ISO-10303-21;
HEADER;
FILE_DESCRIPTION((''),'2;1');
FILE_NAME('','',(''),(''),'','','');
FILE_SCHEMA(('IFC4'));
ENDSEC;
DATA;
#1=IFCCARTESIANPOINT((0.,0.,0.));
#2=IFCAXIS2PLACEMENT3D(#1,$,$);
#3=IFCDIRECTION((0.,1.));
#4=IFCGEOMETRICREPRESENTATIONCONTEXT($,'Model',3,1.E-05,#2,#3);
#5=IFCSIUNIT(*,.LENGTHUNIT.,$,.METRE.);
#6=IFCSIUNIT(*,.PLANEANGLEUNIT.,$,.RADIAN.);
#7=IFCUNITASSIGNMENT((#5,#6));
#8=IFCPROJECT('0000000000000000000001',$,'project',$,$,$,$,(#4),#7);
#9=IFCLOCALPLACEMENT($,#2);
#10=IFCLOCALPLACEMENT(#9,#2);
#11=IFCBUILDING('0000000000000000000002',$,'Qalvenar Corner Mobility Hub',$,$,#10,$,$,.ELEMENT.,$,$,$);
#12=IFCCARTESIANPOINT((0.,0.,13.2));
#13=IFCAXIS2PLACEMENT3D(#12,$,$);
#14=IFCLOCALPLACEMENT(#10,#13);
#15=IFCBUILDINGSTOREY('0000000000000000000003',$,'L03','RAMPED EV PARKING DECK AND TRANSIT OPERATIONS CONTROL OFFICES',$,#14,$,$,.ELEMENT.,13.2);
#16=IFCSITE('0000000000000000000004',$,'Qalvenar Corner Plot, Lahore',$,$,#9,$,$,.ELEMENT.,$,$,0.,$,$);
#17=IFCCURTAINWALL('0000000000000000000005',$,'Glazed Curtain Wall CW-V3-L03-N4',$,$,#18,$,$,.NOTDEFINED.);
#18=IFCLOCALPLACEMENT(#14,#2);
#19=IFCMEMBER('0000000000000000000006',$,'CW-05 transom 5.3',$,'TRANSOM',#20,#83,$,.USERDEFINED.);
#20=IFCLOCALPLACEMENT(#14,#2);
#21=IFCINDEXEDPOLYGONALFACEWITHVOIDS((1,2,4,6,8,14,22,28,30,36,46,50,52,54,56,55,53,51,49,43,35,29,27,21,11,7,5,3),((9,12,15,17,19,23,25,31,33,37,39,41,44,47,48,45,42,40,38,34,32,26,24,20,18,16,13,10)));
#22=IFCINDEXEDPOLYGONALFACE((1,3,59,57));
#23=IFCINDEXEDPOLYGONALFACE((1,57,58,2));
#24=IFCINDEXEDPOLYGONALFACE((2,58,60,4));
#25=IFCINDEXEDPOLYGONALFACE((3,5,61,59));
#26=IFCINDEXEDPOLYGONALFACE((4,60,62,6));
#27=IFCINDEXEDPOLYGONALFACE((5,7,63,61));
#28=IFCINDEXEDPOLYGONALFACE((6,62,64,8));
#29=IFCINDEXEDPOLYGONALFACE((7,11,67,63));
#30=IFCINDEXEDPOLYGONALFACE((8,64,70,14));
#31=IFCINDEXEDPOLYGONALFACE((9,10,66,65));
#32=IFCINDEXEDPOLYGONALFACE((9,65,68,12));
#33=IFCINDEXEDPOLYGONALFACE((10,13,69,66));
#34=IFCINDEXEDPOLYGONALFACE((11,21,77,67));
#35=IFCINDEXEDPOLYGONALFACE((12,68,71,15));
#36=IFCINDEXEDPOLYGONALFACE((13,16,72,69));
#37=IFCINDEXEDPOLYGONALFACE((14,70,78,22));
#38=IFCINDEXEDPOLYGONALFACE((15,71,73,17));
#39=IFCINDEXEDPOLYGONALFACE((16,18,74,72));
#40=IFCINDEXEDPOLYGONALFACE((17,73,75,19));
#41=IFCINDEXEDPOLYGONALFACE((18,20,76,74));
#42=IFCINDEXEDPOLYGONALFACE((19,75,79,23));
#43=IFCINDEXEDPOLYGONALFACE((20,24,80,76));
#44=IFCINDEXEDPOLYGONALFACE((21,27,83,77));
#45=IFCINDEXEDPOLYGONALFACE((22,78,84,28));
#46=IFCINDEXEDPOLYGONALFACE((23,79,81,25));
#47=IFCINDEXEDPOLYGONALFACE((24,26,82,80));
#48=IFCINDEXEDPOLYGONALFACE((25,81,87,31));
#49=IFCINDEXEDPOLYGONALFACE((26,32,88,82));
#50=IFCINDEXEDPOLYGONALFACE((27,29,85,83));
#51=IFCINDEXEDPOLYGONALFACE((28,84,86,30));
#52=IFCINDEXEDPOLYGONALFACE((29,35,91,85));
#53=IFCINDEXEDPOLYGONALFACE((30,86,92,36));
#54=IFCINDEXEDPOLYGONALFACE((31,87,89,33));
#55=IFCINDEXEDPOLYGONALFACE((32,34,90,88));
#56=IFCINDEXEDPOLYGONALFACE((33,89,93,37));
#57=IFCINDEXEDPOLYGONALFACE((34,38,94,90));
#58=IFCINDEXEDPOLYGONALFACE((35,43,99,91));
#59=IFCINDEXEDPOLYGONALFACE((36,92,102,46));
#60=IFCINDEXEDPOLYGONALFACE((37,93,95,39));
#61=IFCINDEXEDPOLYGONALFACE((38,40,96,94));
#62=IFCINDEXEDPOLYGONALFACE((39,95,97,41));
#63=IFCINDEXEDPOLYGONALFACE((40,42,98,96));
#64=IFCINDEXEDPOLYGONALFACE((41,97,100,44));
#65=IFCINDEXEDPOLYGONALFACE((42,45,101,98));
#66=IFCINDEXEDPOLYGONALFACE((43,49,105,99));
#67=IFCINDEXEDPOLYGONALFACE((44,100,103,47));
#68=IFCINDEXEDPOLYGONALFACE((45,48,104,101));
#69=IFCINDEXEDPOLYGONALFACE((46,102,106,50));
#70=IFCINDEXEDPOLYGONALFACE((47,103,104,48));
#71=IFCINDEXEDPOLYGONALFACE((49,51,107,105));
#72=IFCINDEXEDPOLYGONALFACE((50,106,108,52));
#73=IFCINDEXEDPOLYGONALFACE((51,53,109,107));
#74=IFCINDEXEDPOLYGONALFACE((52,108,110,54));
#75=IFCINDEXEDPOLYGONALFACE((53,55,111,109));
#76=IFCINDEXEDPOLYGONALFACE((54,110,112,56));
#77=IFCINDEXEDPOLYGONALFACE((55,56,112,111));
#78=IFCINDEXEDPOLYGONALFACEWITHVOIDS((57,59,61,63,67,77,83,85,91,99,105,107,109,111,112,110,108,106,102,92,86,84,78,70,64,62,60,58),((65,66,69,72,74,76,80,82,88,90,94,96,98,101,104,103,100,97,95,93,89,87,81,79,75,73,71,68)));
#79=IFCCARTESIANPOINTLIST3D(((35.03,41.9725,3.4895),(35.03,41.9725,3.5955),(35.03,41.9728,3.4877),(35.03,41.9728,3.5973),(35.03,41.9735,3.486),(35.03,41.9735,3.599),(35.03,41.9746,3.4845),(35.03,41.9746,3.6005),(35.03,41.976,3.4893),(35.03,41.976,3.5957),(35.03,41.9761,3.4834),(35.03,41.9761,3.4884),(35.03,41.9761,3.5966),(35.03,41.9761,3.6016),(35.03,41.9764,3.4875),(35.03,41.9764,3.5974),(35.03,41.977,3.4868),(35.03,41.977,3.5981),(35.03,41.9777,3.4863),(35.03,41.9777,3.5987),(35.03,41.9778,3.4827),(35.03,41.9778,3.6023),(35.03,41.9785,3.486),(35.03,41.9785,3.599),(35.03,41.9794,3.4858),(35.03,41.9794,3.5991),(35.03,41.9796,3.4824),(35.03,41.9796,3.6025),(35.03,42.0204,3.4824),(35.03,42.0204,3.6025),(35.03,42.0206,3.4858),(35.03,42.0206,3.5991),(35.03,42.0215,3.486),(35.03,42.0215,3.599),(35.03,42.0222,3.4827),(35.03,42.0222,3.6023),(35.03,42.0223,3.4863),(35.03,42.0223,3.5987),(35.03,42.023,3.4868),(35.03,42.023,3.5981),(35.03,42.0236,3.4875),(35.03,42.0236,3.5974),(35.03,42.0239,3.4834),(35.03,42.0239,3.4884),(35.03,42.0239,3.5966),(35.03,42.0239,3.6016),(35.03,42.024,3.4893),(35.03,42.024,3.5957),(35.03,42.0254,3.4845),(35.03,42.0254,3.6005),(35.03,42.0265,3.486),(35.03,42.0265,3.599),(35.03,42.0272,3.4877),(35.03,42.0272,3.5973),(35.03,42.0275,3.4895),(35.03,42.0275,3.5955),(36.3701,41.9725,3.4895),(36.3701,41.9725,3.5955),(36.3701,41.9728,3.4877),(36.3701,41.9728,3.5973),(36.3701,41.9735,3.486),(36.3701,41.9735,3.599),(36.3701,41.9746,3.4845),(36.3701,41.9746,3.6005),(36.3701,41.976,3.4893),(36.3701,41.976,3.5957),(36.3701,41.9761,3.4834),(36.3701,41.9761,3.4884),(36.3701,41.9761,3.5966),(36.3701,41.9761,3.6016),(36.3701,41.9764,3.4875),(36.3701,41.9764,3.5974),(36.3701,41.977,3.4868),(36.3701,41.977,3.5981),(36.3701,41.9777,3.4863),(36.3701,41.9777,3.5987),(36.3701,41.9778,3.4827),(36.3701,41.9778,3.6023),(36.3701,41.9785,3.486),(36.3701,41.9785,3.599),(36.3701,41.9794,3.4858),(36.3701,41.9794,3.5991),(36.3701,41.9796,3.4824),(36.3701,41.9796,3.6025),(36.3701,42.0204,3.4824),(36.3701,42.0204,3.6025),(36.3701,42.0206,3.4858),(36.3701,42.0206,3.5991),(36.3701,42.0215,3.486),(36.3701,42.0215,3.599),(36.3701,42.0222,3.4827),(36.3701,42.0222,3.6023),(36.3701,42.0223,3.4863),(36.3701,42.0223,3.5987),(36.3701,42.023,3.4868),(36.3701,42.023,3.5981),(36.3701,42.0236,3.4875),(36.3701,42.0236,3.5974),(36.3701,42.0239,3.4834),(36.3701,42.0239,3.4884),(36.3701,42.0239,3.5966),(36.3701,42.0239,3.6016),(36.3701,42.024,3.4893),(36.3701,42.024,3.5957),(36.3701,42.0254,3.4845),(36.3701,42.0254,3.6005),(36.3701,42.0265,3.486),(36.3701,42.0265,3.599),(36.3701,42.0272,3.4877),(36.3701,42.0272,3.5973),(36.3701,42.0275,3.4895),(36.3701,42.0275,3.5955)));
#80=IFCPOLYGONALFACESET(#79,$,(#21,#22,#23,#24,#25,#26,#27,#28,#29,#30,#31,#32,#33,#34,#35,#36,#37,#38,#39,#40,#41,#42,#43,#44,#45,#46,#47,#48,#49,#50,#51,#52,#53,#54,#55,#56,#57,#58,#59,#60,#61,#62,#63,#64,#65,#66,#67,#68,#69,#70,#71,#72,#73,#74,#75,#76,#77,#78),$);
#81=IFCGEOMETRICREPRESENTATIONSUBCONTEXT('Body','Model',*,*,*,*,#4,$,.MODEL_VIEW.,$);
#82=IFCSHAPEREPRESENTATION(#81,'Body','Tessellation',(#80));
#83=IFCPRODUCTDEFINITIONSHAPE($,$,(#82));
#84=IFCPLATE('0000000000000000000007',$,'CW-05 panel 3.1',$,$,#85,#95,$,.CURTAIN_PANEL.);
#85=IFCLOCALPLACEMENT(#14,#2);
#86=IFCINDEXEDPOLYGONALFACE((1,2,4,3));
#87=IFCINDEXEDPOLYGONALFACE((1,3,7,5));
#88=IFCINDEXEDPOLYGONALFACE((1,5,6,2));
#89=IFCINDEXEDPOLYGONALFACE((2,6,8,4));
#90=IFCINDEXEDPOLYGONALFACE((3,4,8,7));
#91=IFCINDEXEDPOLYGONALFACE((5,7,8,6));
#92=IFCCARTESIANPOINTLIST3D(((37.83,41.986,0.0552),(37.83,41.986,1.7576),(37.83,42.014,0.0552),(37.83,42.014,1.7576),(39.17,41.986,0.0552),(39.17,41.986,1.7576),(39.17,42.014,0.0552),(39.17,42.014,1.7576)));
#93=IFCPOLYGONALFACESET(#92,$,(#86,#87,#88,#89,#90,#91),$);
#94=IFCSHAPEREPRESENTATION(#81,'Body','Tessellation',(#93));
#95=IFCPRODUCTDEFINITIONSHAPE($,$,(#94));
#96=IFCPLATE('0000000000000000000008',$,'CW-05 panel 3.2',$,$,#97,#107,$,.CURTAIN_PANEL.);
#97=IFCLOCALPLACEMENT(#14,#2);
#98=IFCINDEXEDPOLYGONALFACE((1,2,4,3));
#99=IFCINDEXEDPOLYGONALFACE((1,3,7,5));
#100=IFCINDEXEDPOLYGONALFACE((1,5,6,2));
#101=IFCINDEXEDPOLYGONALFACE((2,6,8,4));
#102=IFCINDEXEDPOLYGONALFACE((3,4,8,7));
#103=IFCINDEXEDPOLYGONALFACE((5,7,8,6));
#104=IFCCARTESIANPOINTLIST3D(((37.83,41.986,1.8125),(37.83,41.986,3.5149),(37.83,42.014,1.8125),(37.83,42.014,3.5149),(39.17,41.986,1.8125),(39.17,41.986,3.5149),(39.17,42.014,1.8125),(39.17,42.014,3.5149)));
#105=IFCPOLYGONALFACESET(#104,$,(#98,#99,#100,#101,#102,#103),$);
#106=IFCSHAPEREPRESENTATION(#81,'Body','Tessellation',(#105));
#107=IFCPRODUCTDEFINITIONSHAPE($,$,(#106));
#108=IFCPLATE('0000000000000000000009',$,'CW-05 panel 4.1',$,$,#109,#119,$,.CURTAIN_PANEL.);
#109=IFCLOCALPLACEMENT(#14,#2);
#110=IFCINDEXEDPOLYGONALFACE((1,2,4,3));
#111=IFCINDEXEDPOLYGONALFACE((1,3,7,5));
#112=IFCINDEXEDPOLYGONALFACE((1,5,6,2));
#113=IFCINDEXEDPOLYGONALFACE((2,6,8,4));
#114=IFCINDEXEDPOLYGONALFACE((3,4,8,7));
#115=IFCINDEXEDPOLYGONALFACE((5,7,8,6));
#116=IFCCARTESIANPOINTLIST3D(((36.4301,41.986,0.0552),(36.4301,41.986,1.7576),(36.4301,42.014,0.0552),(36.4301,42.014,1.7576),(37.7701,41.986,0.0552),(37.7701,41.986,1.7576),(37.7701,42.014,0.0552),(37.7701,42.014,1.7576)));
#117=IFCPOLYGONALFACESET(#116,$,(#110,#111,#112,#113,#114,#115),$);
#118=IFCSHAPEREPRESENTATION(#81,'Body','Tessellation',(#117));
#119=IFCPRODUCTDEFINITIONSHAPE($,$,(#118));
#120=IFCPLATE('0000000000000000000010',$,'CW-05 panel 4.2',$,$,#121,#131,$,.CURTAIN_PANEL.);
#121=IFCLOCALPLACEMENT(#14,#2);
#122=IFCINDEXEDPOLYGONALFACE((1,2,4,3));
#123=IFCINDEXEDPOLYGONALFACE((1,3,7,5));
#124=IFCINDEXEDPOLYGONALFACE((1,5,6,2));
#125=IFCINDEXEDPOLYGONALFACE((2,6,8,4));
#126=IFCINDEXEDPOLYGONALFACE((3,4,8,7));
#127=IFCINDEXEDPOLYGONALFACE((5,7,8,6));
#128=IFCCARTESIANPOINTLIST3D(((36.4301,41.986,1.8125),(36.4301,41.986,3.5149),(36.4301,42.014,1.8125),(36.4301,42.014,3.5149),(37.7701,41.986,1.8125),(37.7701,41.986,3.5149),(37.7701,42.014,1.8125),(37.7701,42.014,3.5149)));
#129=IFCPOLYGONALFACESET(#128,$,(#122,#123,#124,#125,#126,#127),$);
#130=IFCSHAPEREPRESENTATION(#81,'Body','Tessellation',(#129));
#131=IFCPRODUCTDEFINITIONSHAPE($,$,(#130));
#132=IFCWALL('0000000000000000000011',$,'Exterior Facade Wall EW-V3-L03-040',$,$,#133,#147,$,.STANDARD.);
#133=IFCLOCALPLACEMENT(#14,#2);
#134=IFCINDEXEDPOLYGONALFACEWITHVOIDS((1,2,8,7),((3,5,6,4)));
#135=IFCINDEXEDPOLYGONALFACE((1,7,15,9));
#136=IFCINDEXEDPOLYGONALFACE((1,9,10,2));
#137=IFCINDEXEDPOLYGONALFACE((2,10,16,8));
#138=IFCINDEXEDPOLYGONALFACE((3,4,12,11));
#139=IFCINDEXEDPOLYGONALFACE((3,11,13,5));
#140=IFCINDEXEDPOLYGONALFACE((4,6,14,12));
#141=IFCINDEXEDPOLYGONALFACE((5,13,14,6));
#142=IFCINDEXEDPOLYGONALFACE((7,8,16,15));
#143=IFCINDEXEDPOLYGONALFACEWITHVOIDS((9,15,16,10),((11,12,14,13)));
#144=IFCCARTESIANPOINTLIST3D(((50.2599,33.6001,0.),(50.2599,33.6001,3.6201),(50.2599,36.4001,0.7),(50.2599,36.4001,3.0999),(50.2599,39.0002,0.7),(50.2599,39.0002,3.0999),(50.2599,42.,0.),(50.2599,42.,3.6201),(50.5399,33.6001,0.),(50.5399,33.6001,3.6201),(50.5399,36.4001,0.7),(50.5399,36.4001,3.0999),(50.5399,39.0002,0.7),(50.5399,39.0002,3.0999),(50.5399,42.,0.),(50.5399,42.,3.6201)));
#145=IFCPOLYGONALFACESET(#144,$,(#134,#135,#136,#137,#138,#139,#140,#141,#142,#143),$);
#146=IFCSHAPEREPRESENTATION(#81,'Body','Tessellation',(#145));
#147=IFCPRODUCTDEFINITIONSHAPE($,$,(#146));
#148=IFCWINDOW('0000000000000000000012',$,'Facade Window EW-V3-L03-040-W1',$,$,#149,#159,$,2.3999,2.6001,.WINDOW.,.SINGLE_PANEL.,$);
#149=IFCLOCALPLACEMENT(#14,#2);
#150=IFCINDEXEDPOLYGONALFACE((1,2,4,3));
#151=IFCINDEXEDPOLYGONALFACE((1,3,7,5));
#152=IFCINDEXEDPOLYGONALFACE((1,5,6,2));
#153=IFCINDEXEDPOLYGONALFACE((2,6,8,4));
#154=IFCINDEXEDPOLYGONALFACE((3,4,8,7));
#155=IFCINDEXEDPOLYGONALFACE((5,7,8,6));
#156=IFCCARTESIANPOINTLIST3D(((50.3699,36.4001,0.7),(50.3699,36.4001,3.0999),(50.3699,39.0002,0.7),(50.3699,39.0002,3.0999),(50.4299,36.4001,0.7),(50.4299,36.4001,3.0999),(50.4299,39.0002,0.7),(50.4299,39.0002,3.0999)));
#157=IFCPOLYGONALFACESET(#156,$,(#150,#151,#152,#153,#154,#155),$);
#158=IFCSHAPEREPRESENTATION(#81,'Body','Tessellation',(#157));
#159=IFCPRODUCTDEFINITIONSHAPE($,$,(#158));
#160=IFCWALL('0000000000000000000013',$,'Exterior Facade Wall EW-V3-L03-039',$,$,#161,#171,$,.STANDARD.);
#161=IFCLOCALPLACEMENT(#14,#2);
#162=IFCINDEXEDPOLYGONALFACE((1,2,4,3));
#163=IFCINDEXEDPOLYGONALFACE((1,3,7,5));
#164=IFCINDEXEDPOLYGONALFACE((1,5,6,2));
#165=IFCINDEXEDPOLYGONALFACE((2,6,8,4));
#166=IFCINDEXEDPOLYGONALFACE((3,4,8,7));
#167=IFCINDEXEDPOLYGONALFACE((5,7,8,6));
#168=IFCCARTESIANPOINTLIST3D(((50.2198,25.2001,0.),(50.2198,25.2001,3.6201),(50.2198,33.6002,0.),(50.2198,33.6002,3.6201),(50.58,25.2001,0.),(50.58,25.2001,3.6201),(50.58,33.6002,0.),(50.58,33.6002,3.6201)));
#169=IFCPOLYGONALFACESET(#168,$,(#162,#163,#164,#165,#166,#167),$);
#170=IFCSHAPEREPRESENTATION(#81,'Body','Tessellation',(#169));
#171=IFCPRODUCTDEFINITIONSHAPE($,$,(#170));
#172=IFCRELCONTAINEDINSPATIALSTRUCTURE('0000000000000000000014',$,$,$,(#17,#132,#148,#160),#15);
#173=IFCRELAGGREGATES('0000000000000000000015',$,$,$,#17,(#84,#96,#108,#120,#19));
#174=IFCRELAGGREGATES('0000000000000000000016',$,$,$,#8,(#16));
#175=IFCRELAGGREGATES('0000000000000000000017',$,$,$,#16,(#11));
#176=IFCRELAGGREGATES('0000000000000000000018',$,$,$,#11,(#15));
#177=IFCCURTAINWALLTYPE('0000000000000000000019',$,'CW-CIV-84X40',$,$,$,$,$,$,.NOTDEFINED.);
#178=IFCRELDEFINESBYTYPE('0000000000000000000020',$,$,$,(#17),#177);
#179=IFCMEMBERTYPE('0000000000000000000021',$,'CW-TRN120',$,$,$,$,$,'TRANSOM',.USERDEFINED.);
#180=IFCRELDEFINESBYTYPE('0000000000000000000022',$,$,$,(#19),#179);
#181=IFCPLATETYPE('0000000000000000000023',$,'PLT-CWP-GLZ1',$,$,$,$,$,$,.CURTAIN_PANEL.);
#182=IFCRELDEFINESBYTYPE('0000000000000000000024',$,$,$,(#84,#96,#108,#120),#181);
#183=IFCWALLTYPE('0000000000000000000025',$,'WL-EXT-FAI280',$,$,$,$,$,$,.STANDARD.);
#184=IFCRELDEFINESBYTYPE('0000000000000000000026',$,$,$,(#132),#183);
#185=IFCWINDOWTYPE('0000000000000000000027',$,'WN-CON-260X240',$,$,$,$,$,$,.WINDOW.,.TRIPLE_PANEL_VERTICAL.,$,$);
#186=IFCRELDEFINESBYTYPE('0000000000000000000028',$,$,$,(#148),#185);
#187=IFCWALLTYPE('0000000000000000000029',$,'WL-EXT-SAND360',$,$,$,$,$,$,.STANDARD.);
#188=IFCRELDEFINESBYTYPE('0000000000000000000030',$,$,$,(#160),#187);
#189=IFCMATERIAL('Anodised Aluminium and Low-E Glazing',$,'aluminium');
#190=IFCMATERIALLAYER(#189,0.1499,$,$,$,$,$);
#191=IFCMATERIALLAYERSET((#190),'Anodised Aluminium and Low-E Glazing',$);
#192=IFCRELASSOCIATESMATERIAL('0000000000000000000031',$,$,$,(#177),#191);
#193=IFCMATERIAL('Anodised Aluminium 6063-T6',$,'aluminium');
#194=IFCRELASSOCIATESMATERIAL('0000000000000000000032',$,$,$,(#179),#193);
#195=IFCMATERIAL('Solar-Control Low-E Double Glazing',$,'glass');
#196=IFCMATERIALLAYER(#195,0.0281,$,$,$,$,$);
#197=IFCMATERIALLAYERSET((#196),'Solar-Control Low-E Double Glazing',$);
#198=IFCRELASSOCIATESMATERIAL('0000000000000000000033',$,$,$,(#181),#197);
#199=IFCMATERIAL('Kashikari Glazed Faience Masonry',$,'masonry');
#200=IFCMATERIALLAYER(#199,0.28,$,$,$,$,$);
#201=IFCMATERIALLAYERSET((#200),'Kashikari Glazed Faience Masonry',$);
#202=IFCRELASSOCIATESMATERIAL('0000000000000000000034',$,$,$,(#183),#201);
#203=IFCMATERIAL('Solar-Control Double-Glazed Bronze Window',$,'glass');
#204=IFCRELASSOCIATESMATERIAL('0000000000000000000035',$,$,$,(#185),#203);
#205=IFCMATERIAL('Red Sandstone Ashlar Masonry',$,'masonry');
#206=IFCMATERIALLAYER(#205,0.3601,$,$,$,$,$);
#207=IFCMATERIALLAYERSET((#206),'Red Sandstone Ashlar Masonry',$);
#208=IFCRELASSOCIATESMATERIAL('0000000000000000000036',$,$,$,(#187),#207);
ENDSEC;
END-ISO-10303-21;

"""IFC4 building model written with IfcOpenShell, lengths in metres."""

from ifc_helpers import new_model, si_unit, direction, frame, frame_2d, origin, origin_2d, place, context, subcontext, project, spatial, rectangle, hollow_rectangle, extrude, material, layer, layer_set, material_profile, profile_set, type_object, element, fill, aggregate, save


model = new_model("IFC4")

# Units and contexts
model_context = context("Model", 3, precision=1e-05, world=origin(), true_north=direction((0.0, 1.0)))
body_context = subcontext(model_context, "Body", "Model", "MODEL_VIEW")
ifc_project = project(units=[si_unit("LENGTHUNIT", "METRE"), si_unit("PLANEANGLEUNIT", "RADIAN")], contexts=[model_context])

# Site, building, storey
site_placement = place(None, origin())
site = spatial("IfcSite", under=ifc_project, at=site_placement, Name="Qalvenar Corner Plot, Lahore", CompositionType="ELEMENT", RefElevation=0.0)
building_placement = place(site_placement, origin())
building = spatial("IfcBuilding", under=site, at=building_placement, Name="Qalvenar Corner Mobility Hub", CompositionType="ELEMENT")
storey_placement = place(building_placement, frame((0.0, 0.0, 13.2)))
storey = spatial("IfcBuildingStorey", under=building, at=storey_placement, Name="L03", Description="RAMPED EV PARKING DECK AND TRANSIT OPERATIONS CONTROL OFFICES", CompositionType="ELEMENT", Elevation=13.2)

# Curtain wall, member, plates
ifc_material_1 = material(Name="Anodised Aluminium and Low-E Glazing", Category="aluminium")
ifc_layer_1 = layer(ifc_material_1, 0.1499)
ifc_layer_set_1 = layer_set([ifc_layer_1], Name="Anodised Aluminium and Low-E Glazing")
curtain_wall_type = type_object("IfcCurtainWallType", Name="CW-CIV-84X40", PredefinedType="NOTDEFINED", material=ifc_layer_set_1)
curtain_wall_placement = place(storey_placement, origin())
curtain_wall = element("IfcCurtainWall", 1, at=curtain_wall_placement, inside=storey, type_object=curtain_wall_type, Name="Glazed Curtain Wall CW-V3-L03-N4", PredefinedType="NOTDEFINED")
ifc_material_2 = material(Name="Anodised Aluminium 6063-T6", Category="aluminium")
ifc_material_profile_1 = material_profile(ifc_material_2, hollow_rectangle(XDim=0.0549, YDim=0.1201, WallThickness=0.0034, InnerFilletRadius=0.0034, OuterFilletRadius=0.0071, at=origin_2d()), Name="RHS120x55x3.5")
ifc_profile_set_1 = profile_set([ifc_material_profile_1], Name="Anodised Aluminium 6063-T6")
member_type_1 = type_object("IfcMemberType", Name="CW-TRN120", ElementType="TRANSOM", PredefinedType="USERDEFINED", material=ifc_profile_set_1)
member_1_placement = place(storey_placement, frame((36.3701, 42.0, 3.5425), z_axis=(-1.0, 0.0, 0.0), x_axis=(0.0, -1.0, 0.0)))
member_1 = element("IfcMember", 2, at=member_1_placement, type_object=member_type_1, Name="CW-05 transom 5.3", ObjectType="TRANSOM", PredefinedType="USERDEFINED", context=body_context, shape_type="SweptSolid", body=[
    extrude(hollow_rectangle(XDim=0.0549, YDim=0.1201, WallThickness=0.0034, InnerFilletRadius=0.0034, OuterFilletRadius=0.0071, at=origin_2d()), origin(), (0.0, 0.0, 1.0), 1.3401),
])
ifc_material_3 = material(Name="Solar-Control Low-E Double Glazing", Category="glass")
ifc_layer_2 = layer(ifc_material_3, 0.0281)
ifc_layer_set_2 = layer_set([ifc_layer_2], Name="Solar-Control Low-E Double Glazing")
plate_type = type_object("IfcPlateType", Name="PLT-CWP-GLZ1", PredefinedType="CURTAIN_PANEL", material=ifc_layer_set_2)
plate_1_placement = place(storey_placement, frame((38.5, 42.0, 0.0552), z_axis=(0.0, 0.0, 1.0), x_axis=(-1.0, 0.0, 0.0)))
plate_1 = element("IfcPlate", 3, at=plate_1_placement, type_object=plate_type, Name="CW-05 panel 3.1", PredefinedType="CURTAIN_PANEL", context=body_context, shape_type="SweptSolid", body=[
    extrude(rectangle(XDim=1.3401, YDim=0.0281, at=origin_2d()), origin(), (0.0, 0.0, 1.0), 1.7024),
])
plate_2_placement = place(storey_placement, frame((38.5, 42.0, 1.8125), z_axis=(0.0, 0.0, 1.0), x_axis=(-1.0, 0.0, 0.0)))
plate_2 = element("IfcPlate", 4, at=plate_2_placement, type_object=plate_type, Name="CW-05 panel 3.2", PredefinedType="CURTAIN_PANEL", context=body_context, shape_type="SweptSolid", body=[
    extrude(rectangle(XDim=1.3401, YDim=0.0281, at=origin_2d()), origin(), (0.0, 0.0, 1.0), 1.7024),
])
plate_3_placement = place(storey_placement, frame((37.1001, 42.0, 0.0552), z_axis=(0.0, 0.0, 1.0), x_axis=(-1.0, 0.0, 0.0)))
plate_3 = element("IfcPlate", 5, at=plate_3_placement, type_object=plate_type, Name="CW-05 panel 4.1", PredefinedType="CURTAIN_PANEL", context=body_context, shape_type="SweptSolid", body=[
    extrude(rectangle(XDim=1.3401, YDim=0.0281, at=origin_2d()), origin(), (0.0, 0.0, 1.0), 1.7024),
])
plate_4_placement = place(storey_placement, frame((37.1001, 42.0, 1.8125), z_axis=(0.0, 0.0, 1.0), x_axis=(-1.0, 0.0, 0.0)))
plate_4 = element("IfcPlate", 6, at=plate_4_placement, type_object=plate_type, Name="CW-05 panel 4.2", PredefinedType="CURTAIN_PANEL", context=body_context, shape_type="SweptSolid", body=[
    extrude(rectangle(XDim=1.3401, YDim=0.0281, at=origin_2d()), origin(), (0.0, 0.0, 1.0), 1.7024),
])
aggregate(curtain_wall, [plate_1, plate_2, plate_3, plate_4, member_1])

# Wall, opening, window
ifc_material_4 = material(Name="Kashikari Glazed Faience Masonry", Category="masonry")
ifc_layer_3 = layer(ifc_material_4, 0.28)
ifc_layer_set_3 = layer_set([ifc_layer_3], Name="Kashikari Glazed Faience Masonry")
wall_type_1 = type_object("IfcWallType", Name="WL-EXT-FAI280", PredefinedType="STANDARD", material=ifc_layer_set_3)
wall_1_placement = place(storey_placement, frame((50.3999, 33.6001, 0.0), z_axis=(0.0, 0.0, 1.0), x_axis=(0.0, 1.0, 0.0)))
wall_1 = element("IfcWall", 7, at=wall_1_placement, inside=storey, type_object=wall_type_1, Name="Exterior Facade Wall EW-V3-L03-040", PredefinedType="STANDARD", context=body_context, shape_type="SweptSolid", body=[
    extrude(rectangle(XDim=8.3999, YDim=0.28, at=frame_2d((4.2, 0.0))), origin(), (0.0, 0.0, 1.0), 3.6201),
])
opening_placement = place(wall_1_placement, frame((2.8, 0.0, 0.7)))
opening = element("IfcOpeningElement", 8, at=opening_placement, cuts=wall_1, PredefinedType="OPENING", context=body_context, shape_type="SweptSolid", body=[
    extrude(rectangle(XDim=2.6001, YDim=2.3999, at=frame_2d((1.3, 1.2))), frame((0.0, 0.1499, 0.0), z_axis=(0.0, -1.0, 0.0), x_axis=(1.0, 0.0, 0.0)), (0.0, 0.0, 1.0), 0.3),
])
ifc_material_5 = material(Name="Solar-Control Double-Glazed Bronze Window", Category="glass")
window_type = type_object("IfcWindowType", Name="WN-CON-260X240", PartitioningType="TRIPLE_PANEL_VERTICAL", PredefinedType="WINDOW", material=ifc_material_5)
window_placement = place(opening_placement, origin())
window = element("IfcWindow", 9, at=window_placement, inside=storey, type_object=window_type, Name="Facade Window EW-V3-L03-040-W1", OverallHeight=2.3999, OverallWidth=2.6001, PartitioningType="SINGLE_PANEL", PredefinedType="WINDOW", context=body_context, shape_type="SweptSolid", body=[
    extrude(rectangle(XDim=2.6001, YDim=2.3999, at=frame_2d((1.3, 1.2))), frame((0.0, 0.03, 0.0), z_axis=(0.0, -1.0, 0.0), x_axis=(1.0, 0.0, 0.0)), (0.0, 0.0, 1.0), 0.0601),
])
fill(opening, window)

# Wall
ifc_material_6 = material(Name="Red Sandstone Ashlar Masonry", Category="masonry")
ifc_layer_4 = layer(ifc_material_6, 0.3601)
ifc_layer_set_4 = layer_set([ifc_layer_4], Name="Red Sandstone Ashlar Masonry")
wall_type_2 = type_object("IfcWallType", Name="WL-EXT-SAND360", PredefinedType="STANDARD", material=ifc_layer_set_4)
wall_2_placement = place(storey_placement, frame((50.3999, 25.2, 0.0), z_axis=(0.0, 0.0, 1.0), x_axis=(0.0, 1.0, 0.0)))
element("IfcWall", 10, at=wall_2_placement, inside=storey, type_object=wall_type_2, Name="Exterior Facade Wall EW-V3-L03-039", PredefinedType="STANDARD", context=body_context, shape_type="SweptSolid", body=[
    extrude(rectangle(XDim=8.4001, YDim=0.3601, at=frame_2d((4.2002, 0.0))), origin(), (0.0, 0.0, 1.0), 3.6201),
])

save(model, "model.ifc")
